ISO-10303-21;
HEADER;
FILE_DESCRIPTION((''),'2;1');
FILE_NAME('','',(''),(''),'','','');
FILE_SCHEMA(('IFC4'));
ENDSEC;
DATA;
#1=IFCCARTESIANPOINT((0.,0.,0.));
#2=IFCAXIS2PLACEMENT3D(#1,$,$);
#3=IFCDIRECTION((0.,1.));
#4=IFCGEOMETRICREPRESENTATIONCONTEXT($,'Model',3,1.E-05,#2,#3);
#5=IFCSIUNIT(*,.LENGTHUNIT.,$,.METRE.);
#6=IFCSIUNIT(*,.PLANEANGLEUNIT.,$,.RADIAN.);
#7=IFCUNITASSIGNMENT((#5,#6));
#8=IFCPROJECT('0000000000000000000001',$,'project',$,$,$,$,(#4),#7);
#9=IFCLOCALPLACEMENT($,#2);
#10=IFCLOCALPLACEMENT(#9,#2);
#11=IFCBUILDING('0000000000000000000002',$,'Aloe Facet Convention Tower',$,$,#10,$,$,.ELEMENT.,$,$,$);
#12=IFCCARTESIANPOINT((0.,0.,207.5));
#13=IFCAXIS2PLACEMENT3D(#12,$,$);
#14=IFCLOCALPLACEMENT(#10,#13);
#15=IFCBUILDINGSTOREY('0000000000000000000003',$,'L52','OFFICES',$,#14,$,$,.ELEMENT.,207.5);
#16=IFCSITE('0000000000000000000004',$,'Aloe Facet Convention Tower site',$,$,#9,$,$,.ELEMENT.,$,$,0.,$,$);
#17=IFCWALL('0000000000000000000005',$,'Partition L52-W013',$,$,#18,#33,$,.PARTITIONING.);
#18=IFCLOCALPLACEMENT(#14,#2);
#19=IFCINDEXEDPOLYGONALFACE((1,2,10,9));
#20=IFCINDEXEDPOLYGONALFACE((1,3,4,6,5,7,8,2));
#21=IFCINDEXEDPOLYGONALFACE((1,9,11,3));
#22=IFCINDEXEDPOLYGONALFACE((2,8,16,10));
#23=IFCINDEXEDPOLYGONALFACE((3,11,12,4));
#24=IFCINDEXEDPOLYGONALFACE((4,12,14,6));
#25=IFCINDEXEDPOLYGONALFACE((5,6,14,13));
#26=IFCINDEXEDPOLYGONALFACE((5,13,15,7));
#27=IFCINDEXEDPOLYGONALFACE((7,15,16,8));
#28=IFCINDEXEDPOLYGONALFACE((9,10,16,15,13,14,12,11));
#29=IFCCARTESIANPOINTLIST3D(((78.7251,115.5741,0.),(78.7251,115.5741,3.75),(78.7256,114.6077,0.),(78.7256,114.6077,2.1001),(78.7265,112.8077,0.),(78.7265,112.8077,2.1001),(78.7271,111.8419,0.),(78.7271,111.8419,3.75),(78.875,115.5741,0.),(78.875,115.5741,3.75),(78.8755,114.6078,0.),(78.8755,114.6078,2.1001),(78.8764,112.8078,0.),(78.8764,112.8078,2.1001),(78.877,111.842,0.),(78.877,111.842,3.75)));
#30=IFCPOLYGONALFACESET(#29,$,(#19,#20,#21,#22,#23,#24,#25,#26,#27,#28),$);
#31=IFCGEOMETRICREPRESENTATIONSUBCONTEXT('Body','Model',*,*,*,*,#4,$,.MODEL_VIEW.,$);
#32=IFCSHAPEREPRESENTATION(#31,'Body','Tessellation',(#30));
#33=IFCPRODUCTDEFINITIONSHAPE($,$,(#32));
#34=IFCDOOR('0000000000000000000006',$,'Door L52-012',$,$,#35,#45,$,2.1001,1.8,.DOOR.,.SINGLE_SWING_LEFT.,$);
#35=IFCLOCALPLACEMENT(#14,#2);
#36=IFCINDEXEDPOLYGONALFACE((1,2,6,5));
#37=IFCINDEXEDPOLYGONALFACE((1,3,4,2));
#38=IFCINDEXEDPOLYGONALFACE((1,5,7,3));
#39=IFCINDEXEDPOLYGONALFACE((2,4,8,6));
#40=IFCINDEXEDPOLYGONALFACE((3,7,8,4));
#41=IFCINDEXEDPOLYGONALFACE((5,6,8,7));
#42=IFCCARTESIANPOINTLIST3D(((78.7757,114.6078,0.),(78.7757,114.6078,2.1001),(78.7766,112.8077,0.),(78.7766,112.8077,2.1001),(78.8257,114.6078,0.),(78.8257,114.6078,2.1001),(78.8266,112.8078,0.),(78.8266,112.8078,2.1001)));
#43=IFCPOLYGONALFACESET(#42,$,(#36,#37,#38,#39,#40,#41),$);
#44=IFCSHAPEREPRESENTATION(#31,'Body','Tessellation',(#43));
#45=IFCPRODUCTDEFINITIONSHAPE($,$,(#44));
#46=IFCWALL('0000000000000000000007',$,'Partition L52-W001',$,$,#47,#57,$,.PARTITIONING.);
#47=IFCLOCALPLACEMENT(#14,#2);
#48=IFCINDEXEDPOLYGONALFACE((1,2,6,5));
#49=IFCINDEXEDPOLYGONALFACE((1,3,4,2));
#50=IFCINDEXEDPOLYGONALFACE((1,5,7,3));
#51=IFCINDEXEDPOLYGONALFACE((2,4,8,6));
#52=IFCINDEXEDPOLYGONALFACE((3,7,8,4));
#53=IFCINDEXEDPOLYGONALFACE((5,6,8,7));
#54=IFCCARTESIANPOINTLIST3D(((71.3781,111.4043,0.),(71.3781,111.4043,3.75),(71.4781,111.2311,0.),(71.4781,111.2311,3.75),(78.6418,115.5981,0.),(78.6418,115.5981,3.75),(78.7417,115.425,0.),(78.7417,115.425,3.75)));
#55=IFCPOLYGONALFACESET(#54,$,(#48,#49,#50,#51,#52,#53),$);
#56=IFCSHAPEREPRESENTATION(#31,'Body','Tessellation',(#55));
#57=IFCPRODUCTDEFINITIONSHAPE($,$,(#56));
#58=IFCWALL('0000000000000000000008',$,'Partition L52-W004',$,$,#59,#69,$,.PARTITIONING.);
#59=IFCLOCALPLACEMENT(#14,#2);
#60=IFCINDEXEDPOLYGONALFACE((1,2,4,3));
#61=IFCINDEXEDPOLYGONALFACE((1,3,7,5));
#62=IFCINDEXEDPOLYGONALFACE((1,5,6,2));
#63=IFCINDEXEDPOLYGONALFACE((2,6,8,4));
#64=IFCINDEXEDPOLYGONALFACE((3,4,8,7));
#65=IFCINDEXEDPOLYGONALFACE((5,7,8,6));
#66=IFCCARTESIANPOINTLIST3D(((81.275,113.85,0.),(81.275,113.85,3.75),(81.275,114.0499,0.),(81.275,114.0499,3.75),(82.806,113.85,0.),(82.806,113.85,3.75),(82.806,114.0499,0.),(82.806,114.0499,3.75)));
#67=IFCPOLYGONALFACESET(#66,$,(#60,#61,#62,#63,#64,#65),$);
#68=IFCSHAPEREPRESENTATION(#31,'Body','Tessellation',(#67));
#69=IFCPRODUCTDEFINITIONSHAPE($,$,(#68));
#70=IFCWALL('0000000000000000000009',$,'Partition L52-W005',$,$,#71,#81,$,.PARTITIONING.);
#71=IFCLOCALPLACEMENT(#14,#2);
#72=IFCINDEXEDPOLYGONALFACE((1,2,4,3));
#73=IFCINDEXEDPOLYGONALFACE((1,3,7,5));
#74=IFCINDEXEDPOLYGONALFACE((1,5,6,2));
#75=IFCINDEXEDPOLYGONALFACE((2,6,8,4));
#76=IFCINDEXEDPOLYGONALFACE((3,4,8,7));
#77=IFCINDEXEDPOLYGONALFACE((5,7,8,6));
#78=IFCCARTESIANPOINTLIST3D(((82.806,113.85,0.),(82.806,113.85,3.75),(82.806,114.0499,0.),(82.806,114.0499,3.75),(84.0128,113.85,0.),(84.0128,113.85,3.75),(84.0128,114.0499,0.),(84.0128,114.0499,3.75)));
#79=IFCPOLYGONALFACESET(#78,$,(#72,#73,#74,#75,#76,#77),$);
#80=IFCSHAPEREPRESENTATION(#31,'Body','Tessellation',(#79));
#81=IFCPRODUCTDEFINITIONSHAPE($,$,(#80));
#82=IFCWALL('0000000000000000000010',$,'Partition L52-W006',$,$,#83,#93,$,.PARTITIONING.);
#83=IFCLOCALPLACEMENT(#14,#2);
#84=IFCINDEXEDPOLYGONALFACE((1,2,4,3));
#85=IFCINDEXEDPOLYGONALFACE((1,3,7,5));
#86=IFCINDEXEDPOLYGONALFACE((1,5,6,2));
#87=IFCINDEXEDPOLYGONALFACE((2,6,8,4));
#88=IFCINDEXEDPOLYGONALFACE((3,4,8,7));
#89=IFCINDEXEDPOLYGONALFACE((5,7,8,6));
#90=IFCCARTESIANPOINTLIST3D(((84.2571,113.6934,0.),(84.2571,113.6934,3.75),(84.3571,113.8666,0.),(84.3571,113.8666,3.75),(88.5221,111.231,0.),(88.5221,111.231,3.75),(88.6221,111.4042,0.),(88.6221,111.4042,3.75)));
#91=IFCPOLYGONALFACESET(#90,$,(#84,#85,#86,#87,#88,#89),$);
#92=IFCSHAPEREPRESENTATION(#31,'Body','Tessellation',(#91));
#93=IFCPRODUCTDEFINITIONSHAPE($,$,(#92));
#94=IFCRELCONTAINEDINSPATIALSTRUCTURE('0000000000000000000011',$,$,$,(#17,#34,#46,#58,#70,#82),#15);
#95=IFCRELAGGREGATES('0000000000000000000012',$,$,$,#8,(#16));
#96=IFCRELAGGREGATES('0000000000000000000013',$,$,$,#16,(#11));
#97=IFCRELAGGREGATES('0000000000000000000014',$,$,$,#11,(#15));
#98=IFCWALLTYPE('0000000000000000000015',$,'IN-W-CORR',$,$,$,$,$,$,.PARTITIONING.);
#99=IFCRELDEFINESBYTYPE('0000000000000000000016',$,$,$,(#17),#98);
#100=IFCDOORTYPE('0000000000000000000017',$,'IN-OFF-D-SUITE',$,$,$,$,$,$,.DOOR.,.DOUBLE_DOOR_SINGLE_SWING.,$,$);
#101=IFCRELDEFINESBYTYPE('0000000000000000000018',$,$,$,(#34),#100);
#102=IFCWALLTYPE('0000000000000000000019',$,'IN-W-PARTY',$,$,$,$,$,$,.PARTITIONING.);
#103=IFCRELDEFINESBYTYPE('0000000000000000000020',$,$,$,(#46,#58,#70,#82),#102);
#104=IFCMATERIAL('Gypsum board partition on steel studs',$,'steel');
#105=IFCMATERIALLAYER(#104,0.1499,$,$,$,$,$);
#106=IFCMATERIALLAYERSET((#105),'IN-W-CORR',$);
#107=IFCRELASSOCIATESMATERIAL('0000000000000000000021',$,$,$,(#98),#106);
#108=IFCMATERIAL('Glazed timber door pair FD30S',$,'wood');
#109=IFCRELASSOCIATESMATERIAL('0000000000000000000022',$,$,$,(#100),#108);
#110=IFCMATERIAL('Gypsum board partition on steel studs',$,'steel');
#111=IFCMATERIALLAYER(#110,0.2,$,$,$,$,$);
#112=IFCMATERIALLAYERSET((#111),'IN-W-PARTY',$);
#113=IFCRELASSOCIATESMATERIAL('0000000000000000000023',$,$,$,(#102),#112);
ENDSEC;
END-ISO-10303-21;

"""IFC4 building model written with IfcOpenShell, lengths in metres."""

from ifc_helpers import new_model, si_unit, direction, frame, frame_2d, origin, place, context, subcontext, project, spatial, rectangle, extrude, material, layer, layer_set, type_object, element, fill, save


model = new_model("IFC4")

# Units and contexts
model_context = context("Model", 3, precision=1e-05, world=origin(), true_north=direction((0.0, 1.0)))
body_context = subcontext(model_context, "Body", "Model", "MODEL_VIEW")
ifc_project = project(units=[si_unit("LENGTHUNIT", "METRE"), si_unit("PLANEANGLEUNIT", "RADIAN")], contexts=[model_context])

# Site, building, storey
site_placement = place(None, origin())
site = spatial("IfcSite", under=ifc_project, at=site_placement, Name="Aloe Facet Convention Tower site", CompositionType="ELEMENT", RefElevation=0.0)
building_placement = place(site_placement, origin())
building = spatial("IfcBuilding", under=site, at=building_placement, Name="Aloe Facet Convention Tower", CompositionType="ELEMENT")
storey_placement = place(building_placement, frame((0.0, 0.0, 207.5)))
storey = spatial("IfcBuildingStorey", under=building, at=storey_placement, Name="L52", Description="OFFICES", CompositionType="ELEMENT", Elevation=207.5)

# Shared definitions
ifc_material_1 = material(Name="Gypsum board partition on steel studs", Category="steel")
ifc_layer_1 = layer(ifc_material_1, 0.1499)
ifc_layer_set_1 = layer_set([ifc_layer_1], Name="IN-W-CORR")
wall_type_1 = type_object("IfcWallType", Name="IN-W-CORR", PredefinedType="PARTITIONING", material=ifc_layer_set_1)

# Wall, opening, door
wall_1_placement = place(storey_placement, frame((78.802, 111.8418, 0.0), z_axis=(0.0, 0.0, 1.0), x_axis=(-0.000523, 1.0, 0.0)))
wall_1 = element("IfcWall", 1, at=wall_1_placement, inside=storey, type_object=wall_type_1, Name="Partition L52-W013", PredefinedType="PARTITIONING", context=body_context, shape_type="SweptSolid", body=[
    extrude(rectangle(XDim=3.7322, YDim=0.1499, at=frame_2d((1.8662, 0.0))), origin(), (0.0, 0.0, 1.0), 3.75),
])
opening_placement = place(wall_1_placement, frame((0.9661, 0.0, 0.0)))
opening = element("IfcOpeningElement", 2, at=opening_placement, cuts=wall_1, PredefinedType="OPENING", context=body_context, shape_type="SweptSolid", body=[
    extrude(rectangle(XDim=1.8, YDim=2.1001, at=frame_2d((0.8999, 1.05))), frame((0.0, 0.085, 0.0), z_axis=(0.0, -1.0, 0.0), x_axis=(1.0, 0.0, 0.0)), (0.0, 0.0, 1.0), 0.1699),
])
ifc_material_2 = material(Name="Glazed timber door pair FD30S", Category="wood")
door_type = type_object("IfcDoorType", Name="IN-OFF-D-SUITE", OperationType="DOUBLE_DOOR_SINGLE_SWING", PredefinedType="DOOR", material=ifc_material_2)
door_placement = place(opening_placement, origin())
door = element("IfcDoor", 3, at=door_placement, inside=storey, type_object=door_type, Name="Door L52-012", OperationType="SINGLE_SWING_LEFT", OverallHeight=2.1001, OverallWidth=1.8, PredefinedType="DOOR", context=body_context, shape_type="SweptSolid", body=[
    extrude(rectangle(XDim=1.8, YDim=2.1001, at=frame_2d((0.8999, 1.05))), frame((0.0, 0.0249, 0.0), z_axis=(0.0, -1.0, 0.0), x_axis=(1.0, 0.0, 0.0)), (0.0, 0.0, 1.0), 0.05),
])
fill(opening, door)

# Walls
ifc_material_3 = material(Name="Gypsum board partition on steel studs", Category="steel")
ifc_layer_2 = layer(ifc_material_3, 0.2)
ifc_layer_set_2 = layer_set([ifc_layer_2], Name="IN-W-PARTY")
wall_type_2 = type_object("IfcWallType", Name="IN-W-PARTY", PredefinedType="PARTITIONING", material=ifc_layer_set_2)
wall_2_placement = place(storey_placement, frame((71.428, 111.3176, 0.0), z_axis=(0.0, 0.0, 1.0), x_axis=(0.866017, 0.500015, 0.0)))
element("IfcWall", 4, at=wall_2_placement, inside=storey, type_object=wall_type_2, Name="Partition L52-W001", PredefinedType="PARTITIONING", context=body_context, shape_type="SweptSolid", body=[
    extrude(rectangle(XDim=8.3875, YDim=0.2, at=frame_2d((4.1938, 0.0))), origin(), (0.0, 0.0, 1.0), 3.75),
])
wall_3_placement = place(storey_placement, frame((81.2749, 113.95, 0.0), z_axis=(0.0, 0.0, 1.0), x_axis=(1.0, 0.0, 0.0)))
element("IfcWall", 5, at=wall_3_placement, inside=storey, type_object=wall_type_2, Name="Partition L52-W004", PredefinedType="PARTITIONING", context=body_context, shape_type="SweptSolid", body=[
    extrude(rectangle(XDim=1.531, YDim=0.2, at=frame_2d((0.7656, 0.0))), origin(), (0.0, 0.0, 1.0), 3.75),
])
wall_4_placement = place(storey_placement, frame((82.8059, 113.95, 0.0), z_axis=(0.0, 0.0, 1.0), x_axis=(1.0, 0.0, 0.0)))
element("IfcWall", 6, at=wall_4_placement, inside=storey, type_object=wall_type_2, Name="Partition L52-W005", PredefinedType="PARTITIONING", context=body_context, shape_type="SweptSolid", body=[
    extrude(rectangle(XDim=1.2068, YDim=0.2, at=frame_2d((0.6035, 0.0))), origin(), (0.0, 0.0, 1.0), 3.75),
])
wall_5_placement = place(storey_placement, frame((84.3071, 113.78, 0.0), z_axis=(0.0, 0.0, 1.0), x_axis=(0.86602, -0.50001, 0.0)))
element("IfcWall", 7, at=wall_5_placement, inside=storey, type_object=wall_type_2, Name="Partition L52-W006", PredefinedType="PARTITIONING", context=body_context, shape_type="SweptSolid", body=[
    extrude(rectangle(XDim=4.9248, YDim=0.2, at=frame_2d((2.4624, 0.0))), origin(), (0.0, 0.0, 1.0), 3.75),
])

save(model, "model.ifc")
